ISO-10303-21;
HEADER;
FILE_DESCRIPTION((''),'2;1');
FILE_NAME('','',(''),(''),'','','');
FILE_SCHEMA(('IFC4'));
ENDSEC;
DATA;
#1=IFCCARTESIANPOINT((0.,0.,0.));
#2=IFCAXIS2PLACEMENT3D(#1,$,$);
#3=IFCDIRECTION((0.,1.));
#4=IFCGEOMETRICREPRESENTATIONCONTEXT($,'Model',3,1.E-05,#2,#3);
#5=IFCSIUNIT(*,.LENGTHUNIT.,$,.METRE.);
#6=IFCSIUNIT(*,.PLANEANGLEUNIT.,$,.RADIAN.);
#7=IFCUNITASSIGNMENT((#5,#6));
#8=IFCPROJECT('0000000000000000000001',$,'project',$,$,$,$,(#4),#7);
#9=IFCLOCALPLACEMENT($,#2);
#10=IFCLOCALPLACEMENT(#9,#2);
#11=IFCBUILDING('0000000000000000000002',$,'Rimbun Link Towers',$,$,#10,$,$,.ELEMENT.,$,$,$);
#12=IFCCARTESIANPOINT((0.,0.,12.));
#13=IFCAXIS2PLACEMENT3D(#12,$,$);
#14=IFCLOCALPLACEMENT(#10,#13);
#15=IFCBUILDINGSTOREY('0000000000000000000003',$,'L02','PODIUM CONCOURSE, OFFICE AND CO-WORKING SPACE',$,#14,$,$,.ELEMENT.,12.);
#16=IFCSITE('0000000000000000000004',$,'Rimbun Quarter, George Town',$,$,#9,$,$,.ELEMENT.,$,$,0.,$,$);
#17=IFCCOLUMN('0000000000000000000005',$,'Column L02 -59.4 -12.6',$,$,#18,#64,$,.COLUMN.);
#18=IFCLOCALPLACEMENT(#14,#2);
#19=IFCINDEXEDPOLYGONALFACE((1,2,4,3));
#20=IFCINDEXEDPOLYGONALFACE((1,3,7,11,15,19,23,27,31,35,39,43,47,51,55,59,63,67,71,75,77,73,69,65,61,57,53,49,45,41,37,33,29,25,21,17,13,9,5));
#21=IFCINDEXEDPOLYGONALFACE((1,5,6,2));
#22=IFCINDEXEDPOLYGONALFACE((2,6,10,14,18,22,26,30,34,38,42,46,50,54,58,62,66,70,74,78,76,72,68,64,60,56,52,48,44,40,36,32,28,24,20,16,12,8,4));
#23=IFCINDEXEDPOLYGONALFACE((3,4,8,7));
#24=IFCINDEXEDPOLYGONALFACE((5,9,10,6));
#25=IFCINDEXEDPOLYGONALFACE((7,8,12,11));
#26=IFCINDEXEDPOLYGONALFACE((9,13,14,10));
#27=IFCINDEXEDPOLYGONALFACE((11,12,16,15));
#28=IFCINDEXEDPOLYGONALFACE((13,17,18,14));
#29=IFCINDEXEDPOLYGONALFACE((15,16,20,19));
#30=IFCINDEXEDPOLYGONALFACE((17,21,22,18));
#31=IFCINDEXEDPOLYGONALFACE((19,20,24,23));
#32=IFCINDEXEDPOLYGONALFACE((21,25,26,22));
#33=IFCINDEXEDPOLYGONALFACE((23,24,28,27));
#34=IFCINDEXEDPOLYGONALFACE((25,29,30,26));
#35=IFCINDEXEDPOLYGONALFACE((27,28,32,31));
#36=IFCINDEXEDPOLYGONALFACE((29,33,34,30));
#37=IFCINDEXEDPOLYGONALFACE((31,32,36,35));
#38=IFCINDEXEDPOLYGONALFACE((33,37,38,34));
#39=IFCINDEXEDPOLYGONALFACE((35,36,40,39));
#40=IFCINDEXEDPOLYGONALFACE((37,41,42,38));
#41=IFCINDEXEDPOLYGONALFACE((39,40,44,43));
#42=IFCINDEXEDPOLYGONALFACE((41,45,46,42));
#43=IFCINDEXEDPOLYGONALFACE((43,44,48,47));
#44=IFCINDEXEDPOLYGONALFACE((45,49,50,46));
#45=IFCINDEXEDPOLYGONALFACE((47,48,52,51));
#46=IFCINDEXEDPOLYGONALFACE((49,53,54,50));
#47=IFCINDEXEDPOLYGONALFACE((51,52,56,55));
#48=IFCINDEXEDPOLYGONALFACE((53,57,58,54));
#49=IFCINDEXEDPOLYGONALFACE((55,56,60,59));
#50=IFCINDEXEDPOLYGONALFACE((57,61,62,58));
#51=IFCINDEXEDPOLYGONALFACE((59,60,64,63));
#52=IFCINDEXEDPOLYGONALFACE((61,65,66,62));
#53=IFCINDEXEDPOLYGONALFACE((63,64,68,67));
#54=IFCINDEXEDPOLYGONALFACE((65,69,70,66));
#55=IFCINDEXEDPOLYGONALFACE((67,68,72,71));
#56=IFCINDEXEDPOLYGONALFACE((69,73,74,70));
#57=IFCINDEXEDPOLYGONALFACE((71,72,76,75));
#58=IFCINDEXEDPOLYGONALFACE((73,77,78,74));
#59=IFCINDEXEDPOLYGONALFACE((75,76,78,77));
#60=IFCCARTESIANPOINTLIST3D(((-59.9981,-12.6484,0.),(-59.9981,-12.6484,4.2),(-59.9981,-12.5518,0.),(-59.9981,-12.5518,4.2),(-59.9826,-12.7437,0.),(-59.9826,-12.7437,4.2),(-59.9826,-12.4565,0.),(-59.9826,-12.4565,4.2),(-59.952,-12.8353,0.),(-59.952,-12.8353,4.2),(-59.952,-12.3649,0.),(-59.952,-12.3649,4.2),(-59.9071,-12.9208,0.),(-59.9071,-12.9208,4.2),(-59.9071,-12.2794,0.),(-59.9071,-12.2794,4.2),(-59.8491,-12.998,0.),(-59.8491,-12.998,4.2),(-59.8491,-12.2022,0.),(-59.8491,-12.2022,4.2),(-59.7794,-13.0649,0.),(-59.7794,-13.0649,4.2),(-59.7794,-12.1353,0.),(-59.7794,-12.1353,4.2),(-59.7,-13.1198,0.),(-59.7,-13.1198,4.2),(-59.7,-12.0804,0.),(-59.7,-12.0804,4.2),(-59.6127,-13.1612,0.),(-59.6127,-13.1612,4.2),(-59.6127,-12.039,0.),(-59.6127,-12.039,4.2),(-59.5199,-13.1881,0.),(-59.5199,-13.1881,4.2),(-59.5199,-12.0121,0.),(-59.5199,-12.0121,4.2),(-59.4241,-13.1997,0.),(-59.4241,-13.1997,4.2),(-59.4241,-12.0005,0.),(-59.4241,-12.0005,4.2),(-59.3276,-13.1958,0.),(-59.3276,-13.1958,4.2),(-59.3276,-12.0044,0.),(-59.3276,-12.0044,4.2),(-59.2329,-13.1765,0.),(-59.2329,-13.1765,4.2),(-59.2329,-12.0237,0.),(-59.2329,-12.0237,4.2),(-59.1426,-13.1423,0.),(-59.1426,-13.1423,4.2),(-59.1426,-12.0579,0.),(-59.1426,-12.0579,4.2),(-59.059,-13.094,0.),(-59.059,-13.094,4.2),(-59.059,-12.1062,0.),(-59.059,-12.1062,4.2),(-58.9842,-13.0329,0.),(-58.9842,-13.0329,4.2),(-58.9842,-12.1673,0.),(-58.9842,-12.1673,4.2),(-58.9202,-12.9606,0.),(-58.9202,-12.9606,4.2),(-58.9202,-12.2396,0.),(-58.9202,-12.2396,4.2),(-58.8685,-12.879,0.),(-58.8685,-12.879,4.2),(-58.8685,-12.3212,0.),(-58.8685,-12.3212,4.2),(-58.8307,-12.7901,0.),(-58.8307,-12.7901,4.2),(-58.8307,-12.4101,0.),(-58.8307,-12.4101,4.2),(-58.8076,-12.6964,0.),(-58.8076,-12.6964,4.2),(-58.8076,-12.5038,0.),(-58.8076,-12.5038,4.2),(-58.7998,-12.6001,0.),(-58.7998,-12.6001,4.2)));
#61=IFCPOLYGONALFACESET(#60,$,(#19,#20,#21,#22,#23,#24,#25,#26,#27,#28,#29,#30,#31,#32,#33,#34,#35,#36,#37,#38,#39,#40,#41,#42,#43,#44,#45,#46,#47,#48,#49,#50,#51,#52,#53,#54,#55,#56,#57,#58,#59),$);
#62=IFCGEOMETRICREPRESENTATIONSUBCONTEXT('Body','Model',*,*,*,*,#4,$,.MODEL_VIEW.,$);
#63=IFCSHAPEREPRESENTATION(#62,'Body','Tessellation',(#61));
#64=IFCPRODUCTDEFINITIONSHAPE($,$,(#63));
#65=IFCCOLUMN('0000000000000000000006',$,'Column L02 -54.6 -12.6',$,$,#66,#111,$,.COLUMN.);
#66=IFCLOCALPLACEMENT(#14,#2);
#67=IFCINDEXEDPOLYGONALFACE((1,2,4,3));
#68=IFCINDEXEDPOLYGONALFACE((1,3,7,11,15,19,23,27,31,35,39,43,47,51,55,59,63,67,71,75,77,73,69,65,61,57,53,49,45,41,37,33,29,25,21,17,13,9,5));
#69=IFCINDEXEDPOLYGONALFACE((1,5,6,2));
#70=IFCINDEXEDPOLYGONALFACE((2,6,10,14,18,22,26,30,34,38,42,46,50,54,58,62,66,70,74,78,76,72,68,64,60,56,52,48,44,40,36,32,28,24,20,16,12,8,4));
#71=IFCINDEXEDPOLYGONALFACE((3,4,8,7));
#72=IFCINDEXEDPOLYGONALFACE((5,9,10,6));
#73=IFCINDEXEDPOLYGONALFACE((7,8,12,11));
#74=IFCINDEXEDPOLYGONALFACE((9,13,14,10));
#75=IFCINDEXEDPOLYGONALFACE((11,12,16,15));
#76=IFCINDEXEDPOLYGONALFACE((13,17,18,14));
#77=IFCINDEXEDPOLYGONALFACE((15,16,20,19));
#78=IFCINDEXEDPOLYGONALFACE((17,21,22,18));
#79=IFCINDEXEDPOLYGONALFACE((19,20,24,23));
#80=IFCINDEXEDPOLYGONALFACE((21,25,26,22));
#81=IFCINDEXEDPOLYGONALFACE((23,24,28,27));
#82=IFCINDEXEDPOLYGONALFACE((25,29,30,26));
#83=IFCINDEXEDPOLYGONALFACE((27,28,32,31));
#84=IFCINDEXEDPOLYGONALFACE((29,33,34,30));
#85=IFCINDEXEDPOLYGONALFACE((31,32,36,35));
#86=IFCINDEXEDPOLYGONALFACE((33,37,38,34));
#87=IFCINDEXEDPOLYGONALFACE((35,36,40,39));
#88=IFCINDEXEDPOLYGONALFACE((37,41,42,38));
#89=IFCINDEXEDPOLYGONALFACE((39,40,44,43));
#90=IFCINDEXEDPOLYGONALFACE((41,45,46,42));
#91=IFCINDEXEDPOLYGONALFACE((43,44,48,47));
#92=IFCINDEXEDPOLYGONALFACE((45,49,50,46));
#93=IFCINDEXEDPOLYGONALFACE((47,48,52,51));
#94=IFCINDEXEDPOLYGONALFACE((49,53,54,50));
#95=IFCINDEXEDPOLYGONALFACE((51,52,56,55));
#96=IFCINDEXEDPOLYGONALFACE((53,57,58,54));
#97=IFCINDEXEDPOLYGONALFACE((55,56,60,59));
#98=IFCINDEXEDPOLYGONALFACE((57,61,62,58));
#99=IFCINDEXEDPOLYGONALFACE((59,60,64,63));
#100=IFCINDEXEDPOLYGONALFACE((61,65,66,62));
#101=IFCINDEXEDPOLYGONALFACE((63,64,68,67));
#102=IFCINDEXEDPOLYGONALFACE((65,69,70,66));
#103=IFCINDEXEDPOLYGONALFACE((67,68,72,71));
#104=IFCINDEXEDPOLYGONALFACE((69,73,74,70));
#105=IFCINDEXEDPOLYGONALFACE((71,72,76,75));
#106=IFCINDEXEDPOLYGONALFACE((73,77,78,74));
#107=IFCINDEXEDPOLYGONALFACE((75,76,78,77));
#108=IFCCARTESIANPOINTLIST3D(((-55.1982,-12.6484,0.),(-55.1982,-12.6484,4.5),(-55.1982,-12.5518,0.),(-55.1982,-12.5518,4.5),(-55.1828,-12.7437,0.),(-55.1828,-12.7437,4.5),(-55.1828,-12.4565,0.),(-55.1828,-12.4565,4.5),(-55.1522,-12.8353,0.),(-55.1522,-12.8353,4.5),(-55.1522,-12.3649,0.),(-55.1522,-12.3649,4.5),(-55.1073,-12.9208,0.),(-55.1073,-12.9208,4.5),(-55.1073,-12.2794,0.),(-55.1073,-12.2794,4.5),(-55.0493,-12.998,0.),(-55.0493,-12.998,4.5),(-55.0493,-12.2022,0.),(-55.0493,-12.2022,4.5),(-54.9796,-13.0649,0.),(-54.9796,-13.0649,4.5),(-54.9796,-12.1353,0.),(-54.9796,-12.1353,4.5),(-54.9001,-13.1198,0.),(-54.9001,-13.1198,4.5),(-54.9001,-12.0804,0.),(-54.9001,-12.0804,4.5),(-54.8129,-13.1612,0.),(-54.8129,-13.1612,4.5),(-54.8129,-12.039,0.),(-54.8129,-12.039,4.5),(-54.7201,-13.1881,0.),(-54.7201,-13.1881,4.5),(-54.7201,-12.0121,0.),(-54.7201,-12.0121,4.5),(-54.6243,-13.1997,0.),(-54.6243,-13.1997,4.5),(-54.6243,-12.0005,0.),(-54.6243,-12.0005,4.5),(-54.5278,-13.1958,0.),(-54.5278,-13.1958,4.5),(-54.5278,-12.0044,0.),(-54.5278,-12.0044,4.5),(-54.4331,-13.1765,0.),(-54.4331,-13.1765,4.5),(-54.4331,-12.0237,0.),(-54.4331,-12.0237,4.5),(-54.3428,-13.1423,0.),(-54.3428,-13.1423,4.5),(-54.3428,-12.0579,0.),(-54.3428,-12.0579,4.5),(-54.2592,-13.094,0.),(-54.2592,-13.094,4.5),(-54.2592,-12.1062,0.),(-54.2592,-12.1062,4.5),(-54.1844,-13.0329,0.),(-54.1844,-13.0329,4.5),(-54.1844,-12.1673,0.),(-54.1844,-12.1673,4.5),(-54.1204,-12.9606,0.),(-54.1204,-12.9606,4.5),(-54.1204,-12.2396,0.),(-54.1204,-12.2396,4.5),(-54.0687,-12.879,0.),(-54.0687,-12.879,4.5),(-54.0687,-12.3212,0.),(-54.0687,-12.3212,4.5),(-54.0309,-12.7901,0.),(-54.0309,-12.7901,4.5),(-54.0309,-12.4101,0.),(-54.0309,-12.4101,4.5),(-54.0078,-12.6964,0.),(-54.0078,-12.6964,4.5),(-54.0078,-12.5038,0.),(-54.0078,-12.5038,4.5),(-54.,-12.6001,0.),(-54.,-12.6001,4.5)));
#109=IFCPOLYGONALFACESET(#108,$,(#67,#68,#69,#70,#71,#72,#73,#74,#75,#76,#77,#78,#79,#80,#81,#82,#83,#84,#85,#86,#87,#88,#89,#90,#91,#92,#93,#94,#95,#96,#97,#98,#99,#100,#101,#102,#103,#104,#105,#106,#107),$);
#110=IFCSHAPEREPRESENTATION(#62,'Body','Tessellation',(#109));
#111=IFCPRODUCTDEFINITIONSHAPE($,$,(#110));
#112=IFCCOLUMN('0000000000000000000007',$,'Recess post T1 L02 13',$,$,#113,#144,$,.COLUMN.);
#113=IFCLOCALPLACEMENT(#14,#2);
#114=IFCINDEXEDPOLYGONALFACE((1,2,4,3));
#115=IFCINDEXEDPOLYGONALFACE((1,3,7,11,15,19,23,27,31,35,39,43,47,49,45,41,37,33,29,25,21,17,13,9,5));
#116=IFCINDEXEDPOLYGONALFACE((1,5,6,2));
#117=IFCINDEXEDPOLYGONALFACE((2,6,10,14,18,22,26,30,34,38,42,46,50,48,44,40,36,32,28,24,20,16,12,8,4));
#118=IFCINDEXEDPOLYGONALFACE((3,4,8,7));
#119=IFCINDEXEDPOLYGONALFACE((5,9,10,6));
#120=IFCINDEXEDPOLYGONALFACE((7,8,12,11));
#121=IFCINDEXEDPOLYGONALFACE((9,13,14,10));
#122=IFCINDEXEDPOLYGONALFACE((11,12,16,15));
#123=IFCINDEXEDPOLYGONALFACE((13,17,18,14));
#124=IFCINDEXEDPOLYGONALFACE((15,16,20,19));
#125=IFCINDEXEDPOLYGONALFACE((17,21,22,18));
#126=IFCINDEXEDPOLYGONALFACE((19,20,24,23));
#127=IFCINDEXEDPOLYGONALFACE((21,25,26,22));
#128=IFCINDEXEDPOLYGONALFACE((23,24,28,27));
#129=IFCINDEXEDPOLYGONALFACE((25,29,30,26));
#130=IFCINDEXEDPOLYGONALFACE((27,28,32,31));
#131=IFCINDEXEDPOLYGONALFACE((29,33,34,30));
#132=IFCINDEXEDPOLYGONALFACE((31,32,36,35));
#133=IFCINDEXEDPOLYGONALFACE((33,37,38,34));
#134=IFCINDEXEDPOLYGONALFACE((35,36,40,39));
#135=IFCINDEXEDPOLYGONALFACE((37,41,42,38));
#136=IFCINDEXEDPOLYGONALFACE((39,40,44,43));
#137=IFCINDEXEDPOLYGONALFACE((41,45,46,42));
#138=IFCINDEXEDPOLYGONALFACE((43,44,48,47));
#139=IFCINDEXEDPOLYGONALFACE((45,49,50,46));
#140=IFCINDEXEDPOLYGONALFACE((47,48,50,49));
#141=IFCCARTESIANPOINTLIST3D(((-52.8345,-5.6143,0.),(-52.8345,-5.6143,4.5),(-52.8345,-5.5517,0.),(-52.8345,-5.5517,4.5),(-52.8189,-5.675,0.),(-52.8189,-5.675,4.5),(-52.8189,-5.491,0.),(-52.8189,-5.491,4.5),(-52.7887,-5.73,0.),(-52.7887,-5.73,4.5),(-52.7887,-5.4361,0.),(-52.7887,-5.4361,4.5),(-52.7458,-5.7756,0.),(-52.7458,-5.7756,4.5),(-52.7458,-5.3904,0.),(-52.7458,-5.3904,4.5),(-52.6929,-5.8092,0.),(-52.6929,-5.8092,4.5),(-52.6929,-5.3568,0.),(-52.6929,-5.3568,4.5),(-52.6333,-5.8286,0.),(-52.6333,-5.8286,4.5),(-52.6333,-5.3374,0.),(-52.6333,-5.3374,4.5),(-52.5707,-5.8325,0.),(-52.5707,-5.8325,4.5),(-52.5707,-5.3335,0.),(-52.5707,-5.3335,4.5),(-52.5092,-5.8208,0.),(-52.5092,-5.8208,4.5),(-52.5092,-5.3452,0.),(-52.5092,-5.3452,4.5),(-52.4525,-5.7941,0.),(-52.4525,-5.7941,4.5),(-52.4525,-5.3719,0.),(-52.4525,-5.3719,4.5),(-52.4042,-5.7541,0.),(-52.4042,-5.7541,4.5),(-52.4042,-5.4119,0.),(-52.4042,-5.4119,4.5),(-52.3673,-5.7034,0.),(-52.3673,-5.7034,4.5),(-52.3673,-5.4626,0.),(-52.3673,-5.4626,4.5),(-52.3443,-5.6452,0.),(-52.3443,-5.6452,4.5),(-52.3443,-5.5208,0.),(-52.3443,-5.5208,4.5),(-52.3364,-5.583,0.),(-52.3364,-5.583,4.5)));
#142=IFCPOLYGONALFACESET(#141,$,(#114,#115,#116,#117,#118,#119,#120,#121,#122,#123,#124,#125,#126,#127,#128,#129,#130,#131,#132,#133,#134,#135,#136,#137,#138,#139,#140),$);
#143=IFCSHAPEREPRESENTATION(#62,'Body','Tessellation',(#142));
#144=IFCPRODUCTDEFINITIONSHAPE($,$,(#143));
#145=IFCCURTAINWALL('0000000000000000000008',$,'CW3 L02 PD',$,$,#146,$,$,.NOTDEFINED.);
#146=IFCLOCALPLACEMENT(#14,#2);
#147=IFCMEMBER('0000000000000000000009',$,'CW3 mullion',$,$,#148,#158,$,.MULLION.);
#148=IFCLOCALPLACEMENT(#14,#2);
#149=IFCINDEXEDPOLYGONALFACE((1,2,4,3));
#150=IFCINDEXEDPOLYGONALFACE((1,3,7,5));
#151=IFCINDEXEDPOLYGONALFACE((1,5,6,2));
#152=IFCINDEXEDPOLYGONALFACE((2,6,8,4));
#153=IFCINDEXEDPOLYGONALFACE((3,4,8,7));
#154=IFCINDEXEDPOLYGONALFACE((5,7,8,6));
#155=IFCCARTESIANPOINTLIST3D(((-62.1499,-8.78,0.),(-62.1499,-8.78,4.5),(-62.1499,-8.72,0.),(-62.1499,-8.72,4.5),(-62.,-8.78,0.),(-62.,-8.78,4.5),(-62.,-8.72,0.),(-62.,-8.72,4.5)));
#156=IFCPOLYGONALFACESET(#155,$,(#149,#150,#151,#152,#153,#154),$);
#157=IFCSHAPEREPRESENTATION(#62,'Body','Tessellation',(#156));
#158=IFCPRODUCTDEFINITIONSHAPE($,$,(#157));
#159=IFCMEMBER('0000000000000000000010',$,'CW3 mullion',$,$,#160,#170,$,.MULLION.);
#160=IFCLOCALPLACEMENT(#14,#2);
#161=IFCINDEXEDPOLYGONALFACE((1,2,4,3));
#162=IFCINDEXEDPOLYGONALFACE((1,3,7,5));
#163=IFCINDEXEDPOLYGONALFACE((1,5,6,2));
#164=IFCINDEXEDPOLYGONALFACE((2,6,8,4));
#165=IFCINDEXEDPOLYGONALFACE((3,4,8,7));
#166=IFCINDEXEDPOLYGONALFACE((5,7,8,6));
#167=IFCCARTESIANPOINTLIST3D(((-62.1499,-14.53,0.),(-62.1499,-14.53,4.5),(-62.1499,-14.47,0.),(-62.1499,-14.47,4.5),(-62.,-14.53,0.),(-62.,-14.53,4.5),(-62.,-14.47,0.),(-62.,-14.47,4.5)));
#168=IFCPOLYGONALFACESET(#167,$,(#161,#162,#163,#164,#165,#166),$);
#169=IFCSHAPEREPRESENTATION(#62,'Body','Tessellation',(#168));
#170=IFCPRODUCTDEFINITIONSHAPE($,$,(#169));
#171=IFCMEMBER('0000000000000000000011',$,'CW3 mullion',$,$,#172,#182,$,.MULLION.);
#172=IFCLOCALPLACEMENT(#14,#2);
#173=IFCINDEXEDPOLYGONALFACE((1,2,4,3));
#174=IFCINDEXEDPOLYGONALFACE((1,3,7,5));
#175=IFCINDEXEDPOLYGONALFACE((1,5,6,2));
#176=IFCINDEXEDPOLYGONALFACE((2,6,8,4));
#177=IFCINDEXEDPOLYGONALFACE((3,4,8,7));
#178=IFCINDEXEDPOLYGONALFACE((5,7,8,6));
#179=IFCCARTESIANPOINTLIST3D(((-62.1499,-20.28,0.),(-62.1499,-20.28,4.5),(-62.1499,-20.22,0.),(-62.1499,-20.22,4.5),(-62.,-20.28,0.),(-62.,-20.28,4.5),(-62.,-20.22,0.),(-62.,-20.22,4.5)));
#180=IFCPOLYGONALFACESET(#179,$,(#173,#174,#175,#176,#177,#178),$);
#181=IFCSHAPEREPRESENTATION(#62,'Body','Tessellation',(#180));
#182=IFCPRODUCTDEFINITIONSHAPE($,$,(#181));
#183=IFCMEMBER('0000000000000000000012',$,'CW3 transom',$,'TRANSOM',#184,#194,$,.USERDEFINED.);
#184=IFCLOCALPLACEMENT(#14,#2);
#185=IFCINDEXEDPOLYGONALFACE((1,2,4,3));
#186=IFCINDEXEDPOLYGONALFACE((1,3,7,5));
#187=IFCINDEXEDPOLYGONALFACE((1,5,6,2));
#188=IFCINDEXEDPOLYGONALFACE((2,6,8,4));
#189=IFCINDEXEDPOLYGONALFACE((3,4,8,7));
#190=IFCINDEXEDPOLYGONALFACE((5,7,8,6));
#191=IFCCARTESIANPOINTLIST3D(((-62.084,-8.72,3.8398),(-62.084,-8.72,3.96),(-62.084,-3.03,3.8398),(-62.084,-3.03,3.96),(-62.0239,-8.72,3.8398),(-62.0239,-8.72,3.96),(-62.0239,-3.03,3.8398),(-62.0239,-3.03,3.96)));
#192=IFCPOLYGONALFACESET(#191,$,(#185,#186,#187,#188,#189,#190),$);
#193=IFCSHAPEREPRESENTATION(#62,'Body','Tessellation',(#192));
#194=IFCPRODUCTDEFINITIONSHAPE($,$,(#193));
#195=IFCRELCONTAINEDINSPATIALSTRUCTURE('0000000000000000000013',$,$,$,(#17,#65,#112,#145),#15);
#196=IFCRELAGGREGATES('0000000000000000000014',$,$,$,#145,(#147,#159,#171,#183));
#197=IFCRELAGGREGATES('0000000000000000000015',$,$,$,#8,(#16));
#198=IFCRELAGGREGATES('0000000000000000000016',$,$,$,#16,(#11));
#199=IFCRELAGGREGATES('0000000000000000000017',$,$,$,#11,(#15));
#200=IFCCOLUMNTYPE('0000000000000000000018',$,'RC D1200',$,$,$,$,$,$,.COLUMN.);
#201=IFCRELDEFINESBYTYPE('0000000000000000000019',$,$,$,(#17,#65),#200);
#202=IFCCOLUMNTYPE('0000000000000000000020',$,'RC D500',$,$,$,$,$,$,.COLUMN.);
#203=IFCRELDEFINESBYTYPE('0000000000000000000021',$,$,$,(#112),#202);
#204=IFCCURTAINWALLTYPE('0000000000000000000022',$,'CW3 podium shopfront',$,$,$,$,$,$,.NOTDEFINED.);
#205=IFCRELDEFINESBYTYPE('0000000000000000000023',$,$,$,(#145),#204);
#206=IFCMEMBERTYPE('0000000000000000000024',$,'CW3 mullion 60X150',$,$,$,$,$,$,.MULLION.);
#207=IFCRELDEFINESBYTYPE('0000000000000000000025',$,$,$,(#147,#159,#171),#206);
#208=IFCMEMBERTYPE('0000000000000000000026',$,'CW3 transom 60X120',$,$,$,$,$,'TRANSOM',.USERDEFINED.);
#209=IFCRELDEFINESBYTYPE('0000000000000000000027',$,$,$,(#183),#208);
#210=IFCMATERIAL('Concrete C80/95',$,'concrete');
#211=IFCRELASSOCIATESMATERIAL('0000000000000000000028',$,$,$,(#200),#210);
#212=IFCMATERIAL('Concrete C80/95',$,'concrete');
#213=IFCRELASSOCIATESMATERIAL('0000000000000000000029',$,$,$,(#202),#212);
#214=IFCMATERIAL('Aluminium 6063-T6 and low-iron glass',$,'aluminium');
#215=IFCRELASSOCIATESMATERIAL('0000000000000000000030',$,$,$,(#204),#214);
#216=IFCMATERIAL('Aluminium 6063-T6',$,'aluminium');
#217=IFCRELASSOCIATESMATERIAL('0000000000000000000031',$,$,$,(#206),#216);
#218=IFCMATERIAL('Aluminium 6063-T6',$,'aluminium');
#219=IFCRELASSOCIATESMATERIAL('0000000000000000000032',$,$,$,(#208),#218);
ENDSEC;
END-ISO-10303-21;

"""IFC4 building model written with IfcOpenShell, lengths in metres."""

from ifc_helpers import new_model, si_unit, direction, frame, origin, origin_2d, place, context, subcontext, project, spatial, rectangle, circle, extrude, material, material_profile, profile_set, type_object, element, aggregate, save


model = new_model("IFC4")

# Units and contexts
model_context = context("Model", 3, precision=1e-05, world=origin(), true_north=direction((0.0, 1.0)))
body_context = subcontext(model_context, "Body", "Model", "MODEL_VIEW")
ifc_project = project(units=[si_unit("LENGTHUNIT", "METRE"), si_unit("PLANEANGLEUNIT", "RADIAN")], contexts=[model_context])

# Site, building, storey
site_placement = place(None, origin())
site = spatial("IfcSite", under=ifc_project, at=site_placement, Name="Rimbun Quarter, George Town", CompositionType="ELEMENT", RefElevation=0.0)
building_placement = place(site_placement, origin())
building = spatial("IfcBuilding", under=site, at=building_placement, Name="Rimbun Link Towers", CompositionType="ELEMENT")
storey_placement = place(building_placement, frame((0.0, 0.0, 12.0)))
storey = spatial("IfcBuildingStorey", under=building, at=storey_placement, Name="L02", Description="PODIUM CONCOURSE, OFFICE AND CO-WORKING SPACE", CompositionType="ELEMENT", Elevation=12.0)

# Columns
ifc_material_1 = material(Name="Concrete C80/95", Category="concrete")
ifc_material_profile_1 = material_profile(ifc_material_1, circle(Radius=0.6001, at=origin_2d()), Name="RC D1200")
ifc_profile_set_1 = profile_set([ifc_material_profile_1], Name="Concrete C80/95")
column_type_1 = type_object("IfcColumnType", Name="RC D1200", PredefinedType="COLUMN", material=ifc_profile_set_1)
column_1_placement = place(storey_placement, frame((-59.3999, -12.6001, 0.0), z_axis=(0.0, 0.0, 1.0), x_axis=(1.0, 0.0, 0.0)))
element("IfcColumn", 1, at=column_1_placement, inside=storey, type_object=column_type_1, Name="Column L02 -59.4 -12.6", PredefinedType="COLUMN", context=body_context, shape_type="SweptSolid", body=[
    extrude(circle(Radius=0.6001, at=origin_2d()), origin(), (0.0, 0.0, 1.0), 4.2),
])
column_2_placement = place(storey_placement, frame((-54.6001, -12.6001, 0.0), z_axis=(0.0, 0.0, 1.0), x_axis=(1.0, 0.0, 0.0)))
element("IfcColumn", 2, at=column_2_placement, inside=storey, type_object=column_type_1, Name="Column L02 -54.6 -12.6", PredefinedType="COLUMN", context=body_context, shape_type="SweptSolid", body=[
    extrude(circle(Radius=0.6001, at=origin_2d()), origin(), (0.0, 0.0, 1.0), 4.5),
])
ifc_material_2 = material(Name="Concrete C80/95", Category="concrete")
ifc_material_profile_2 = material_profile(ifc_material_2, circle(Radius=0.25, at=origin_2d()), Name="RC D500")
ifc_profile_set_2 = profile_set([ifc_material_profile_2], Name="Concrete C80/95")
column_type_2 = type_object("IfcColumnType", Name="RC D500", PredefinedType="COLUMN", material=ifc_profile_set_2)
column_3_placement = place(storey_placement, frame((-52.5864, -5.583, 0.0), z_axis=(0.0, 0.0, 1.0), x_axis=(1.0, 0.0, 0.0)))
element("IfcColumn", 3, at=column_3_placement, inside=storey, type_object=column_type_2, Name="Recess post T1 L02 13", PredefinedType="COLUMN", context=body_context, shape_type="SweptSolid", body=[
    extrude(circle(Radius=0.25, at=origin_2d()), origin(), (0.0, 0.0, 1.0), 4.5),
])

# Curtain wall, members
ifc_material_3 = material(Name="Aluminium 6063-T6 and low-iron glass", Category="aluminium")
curtain_wall_type = type_object("IfcCurtainWallType", Name="CW3 podium shopfront", PredefinedType="NOTDEFINED", material=ifc_material_3)
curtain_wall_placement = place(storey_placement, origin())
curtain_wall = element("IfcCurtainWall", 4, at=curtain_wall_placement, inside=storey, type_object=curtain_wall_type, Name="CW3 L02 PD", PredefinedType="NOTDEFINED")
ifc_material_4 = material(Name="Aluminium 6063-T6", Category="aluminium")
ifc_material_profile_3 = material_profile(ifc_material_4, rectangle(XDim=0.1499, YDim=0.0601, at=origin_2d()), Name="MULLION 60X150")
ifc_profile_set_3 = profile_set([ifc_material_profile_3], Name="Aluminium 6063-T6")
member_type_1 = type_object("IfcMemberType", Name="CW3 mullion 60X150", PredefinedType="MULLION", material=ifc_profile_set_3)
member_1_placement = place(storey_placement, frame((-62.075, -8.75, 0.0), z_axis=(0.0, 0.0, 1.0), x_axis=(-1.0, 0.0, 0.0)))
member_1 = element("IfcMember", 5, at=member_1_placement, type_object=member_type_1, Name="CW3 mullion", PredefinedType="MULLION", context=body_context, shape_type="SweptSolid", body=[
    extrude(rectangle(XDim=0.1499, YDim=0.0601, at=origin_2d()), origin(), (0.0, 0.0, 1.0), 4.5),
])
member_2_placement = place(storey_placement, frame((-62.075, -14.5, 0.0), z_axis=(0.0, 0.0, 1.0), x_axis=(-1.0, 0.0, 0.0)))
member_2 = element("IfcMember", 6, at=member_2_placement, type_object=member_type_1, Name="CW3 mullion", PredefinedType="MULLION", context=body_context, shape_type="SweptSolid", body=[
    extrude(rectangle(XDim=0.1499, YDim=0.0601, at=origin_2d()), origin(), (0.0, 0.0, 1.0), 4.5),
])
member_3_placement = place(storey_placement, frame((-62.075, -20.25, 0.0), z_axis=(0.0, 0.0, 1.0), x_axis=(-1.0, 0.0, 0.0)))
member_3 = element("IfcMember", 7, at=member_3_placement, type_object=member_type_1, Name="CW3 mullion", PredefinedType="MULLION", context=body_context, shape_type="SweptSolid", body=[
    extrude(rectangle(XDim=0.1499, YDim=0.0601, at=origin_2d()), origin(), (0.0, 0.0, 1.0), 4.5),
])
ifc_material_5 = material(Name="Aluminium 6063-T6", Category="aluminium")
ifc_material_profile_4 = material_profile(ifc_material_5, rectangle(XDim=0.0601, YDim=0.1201, at=origin_2d()), Name="TRANSOM 60X120")
ifc_profile_set_4 = profile_set([ifc_material_profile_4], Name="Aluminium 6063-T6")
member_type_2 = type_object("IfcMemberType", Name="CW3 transom 60X120", ElementType="TRANSOM", PredefinedType="USERDEFINED", material=ifc_profile_set_4)
member_4_placement = place(storey_placement, frame((-62.054, -8.72, 3.8999), z_axis=(0.0, 1.0, 0.0), x_axis=(-1.0, 0.0, 0.0)))
member_4 = element("IfcMember", 8, at=member_4_placement, type_object=member_type_2, Name="CW3 transom", ObjectType="TRANSOM", PredefinedType="USERDEFINED", context=body_context, shape_type="SweptSolid", body=[
    extrude(rectangle(XDim=0.0601, YDim=0.1201, at=origin_2d()), origin(), (0.0, 0.0, 1.0), 5.6899),
])

aggregate(curtain_wall, [member_1, member_2, member_3, member_4])

save(model, "model.ifc")
